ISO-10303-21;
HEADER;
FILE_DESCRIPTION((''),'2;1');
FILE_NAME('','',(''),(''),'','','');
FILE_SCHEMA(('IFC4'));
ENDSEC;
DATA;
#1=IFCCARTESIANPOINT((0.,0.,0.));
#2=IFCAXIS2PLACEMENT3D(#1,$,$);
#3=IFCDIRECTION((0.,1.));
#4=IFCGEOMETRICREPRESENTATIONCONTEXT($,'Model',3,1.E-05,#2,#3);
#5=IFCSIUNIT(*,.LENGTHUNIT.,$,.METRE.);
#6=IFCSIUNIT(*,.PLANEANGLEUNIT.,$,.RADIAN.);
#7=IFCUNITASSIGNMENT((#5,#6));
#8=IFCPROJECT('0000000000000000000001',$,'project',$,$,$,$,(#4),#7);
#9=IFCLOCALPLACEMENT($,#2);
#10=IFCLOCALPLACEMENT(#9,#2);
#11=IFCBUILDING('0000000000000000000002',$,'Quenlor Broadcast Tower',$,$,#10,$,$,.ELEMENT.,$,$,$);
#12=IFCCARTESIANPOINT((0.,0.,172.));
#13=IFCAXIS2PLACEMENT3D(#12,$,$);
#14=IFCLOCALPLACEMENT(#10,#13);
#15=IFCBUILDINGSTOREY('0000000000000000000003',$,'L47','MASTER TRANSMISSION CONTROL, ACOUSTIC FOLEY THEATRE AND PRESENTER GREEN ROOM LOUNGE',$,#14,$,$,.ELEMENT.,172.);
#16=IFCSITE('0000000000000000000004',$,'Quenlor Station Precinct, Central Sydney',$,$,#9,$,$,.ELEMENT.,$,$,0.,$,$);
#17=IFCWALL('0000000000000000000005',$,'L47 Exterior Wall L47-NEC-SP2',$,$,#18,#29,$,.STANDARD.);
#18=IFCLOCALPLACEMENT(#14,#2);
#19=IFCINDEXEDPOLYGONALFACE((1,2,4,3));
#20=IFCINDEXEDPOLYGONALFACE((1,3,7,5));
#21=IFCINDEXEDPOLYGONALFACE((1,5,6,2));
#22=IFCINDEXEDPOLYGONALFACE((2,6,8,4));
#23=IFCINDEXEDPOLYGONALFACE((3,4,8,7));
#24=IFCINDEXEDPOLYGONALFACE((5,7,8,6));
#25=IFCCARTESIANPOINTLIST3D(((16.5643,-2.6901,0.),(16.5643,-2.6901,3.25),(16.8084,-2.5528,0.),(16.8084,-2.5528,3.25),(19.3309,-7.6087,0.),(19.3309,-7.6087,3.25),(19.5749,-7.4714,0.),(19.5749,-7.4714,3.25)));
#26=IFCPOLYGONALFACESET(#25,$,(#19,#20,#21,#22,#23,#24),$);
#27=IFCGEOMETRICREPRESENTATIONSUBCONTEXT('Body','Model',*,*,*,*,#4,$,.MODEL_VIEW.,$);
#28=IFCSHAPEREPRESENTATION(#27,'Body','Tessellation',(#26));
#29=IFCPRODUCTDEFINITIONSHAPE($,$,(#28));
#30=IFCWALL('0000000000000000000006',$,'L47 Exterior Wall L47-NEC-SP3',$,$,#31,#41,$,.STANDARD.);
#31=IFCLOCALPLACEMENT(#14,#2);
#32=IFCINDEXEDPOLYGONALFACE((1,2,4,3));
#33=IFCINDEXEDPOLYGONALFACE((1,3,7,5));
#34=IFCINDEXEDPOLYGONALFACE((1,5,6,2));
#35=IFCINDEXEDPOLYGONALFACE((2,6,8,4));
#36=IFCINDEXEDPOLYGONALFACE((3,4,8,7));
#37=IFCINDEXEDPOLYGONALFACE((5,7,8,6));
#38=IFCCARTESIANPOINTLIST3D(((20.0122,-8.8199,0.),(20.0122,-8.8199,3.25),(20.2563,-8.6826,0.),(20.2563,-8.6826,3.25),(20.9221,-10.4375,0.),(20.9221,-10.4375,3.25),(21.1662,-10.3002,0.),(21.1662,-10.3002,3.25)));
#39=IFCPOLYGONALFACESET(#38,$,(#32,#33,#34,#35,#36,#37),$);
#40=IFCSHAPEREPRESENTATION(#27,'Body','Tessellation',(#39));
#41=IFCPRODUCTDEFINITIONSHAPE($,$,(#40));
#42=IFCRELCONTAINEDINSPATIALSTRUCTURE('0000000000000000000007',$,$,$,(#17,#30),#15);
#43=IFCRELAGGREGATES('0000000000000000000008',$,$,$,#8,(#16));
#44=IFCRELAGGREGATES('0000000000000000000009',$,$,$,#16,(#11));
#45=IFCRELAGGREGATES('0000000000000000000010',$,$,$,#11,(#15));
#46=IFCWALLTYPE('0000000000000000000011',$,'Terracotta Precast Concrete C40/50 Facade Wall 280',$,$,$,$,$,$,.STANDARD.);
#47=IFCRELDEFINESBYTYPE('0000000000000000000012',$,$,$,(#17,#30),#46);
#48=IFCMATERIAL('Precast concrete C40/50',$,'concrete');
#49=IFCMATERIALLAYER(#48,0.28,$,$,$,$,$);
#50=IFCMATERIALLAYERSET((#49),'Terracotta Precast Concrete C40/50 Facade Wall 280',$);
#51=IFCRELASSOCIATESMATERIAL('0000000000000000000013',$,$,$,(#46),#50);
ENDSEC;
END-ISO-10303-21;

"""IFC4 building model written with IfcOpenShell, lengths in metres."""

from ifc_helpers import new_model, si_unit, direction, frame, frame_2d, origin, place, context, subcontext, project, spatial, rectangle, extrude, material, layer, layer_set, type_object, element, save


model = new_model("IFC4")

# Units and contexts
model_context = context("Model", 3, precision=1e-05, world=origin(), true_north=direction((0.0, 1.0)))
body_context = subcontext(model_context, "Body", "Model", "MODEL_VIEW")
ifc_project = project(units=[si_unit("LENGTHUNIT", "METRE"), si_unit("PLANEANGLEUNIT", "RADIAN")], contexts=[model_context])

# Site, building, storey
site_placement = place(None, origin())
site = spatial("IfcSite", under=ifc_project, at=site_placement, Name="Quenlor Station Precinct, Central Sydney", CompositionType="ELEMENT", RefElevation=0.0)
building_placement = place(site_placement, origin())
building = spatial("IfcBuilding", under=site, at=building_placement, Name="Quenlor Broadcast Tower", CompositionType="ELEMENT")
storey_placement = place(building_placement, frame((0.0, 0.0, 172.0)))
storey = spatial("IfcBuildingStorey", under=building, at=storey_placement, Name="L47", Description="MASTER TRANSMISSION CONTROL, ACOUSTIC FOLEY THEATRE AND PRESENTER GREEN ROOM LOUNGE", CompositionType="ELEMENT", Elevation=172.0)

# Walls
ifc_material_1 = material(Name="Precast concrete C40/50", Category="concrete")
ifc_layer_1 = layer(ifc_material_1, 0.28)
ifc_layer_set_1 = layer_set([ifc_layer_1], Name="Terracotta Precast Concrete C40/50 Facade Wall 280")
wall_type_1 = type_object("IfcWallType", Name="Terracotta Precast Concrete C40/50 Facade Wall 280", PredefinedType="STANDARD", material=ifc_layer_set_1)
wall_1_placement = place(storey_placement, frame((16.6863, -2.6213, 0.0), z_axis=(0.0, 0.0, 1.0), x_axis=(0.490239, -0.871588, 0.0)))
element("IfcWall", 1, at=wall_1_placement, inside=storey, type_object=wall_type_1, Name="L47 Exterior Wall L47-NEC-SP2", PredefinedType="STANDARD", context=body_context, shape_type="SweptSolid", body=[
    extrude(rectangle(XDim=5.6433, YDim=0.28, at=frame_2d((2.8218, 0.0))), origin(), (0.0, 0.0, 1.0), 3.25),
])
wall_2_placement = place(storey_placement, frame((20.1343, -8.7512, 0.0), z_axis=(0.0, 0.0, 1.0), x_axis=(0.490249, -0.871583, 0.0)))
element("IfcWall", 2, at=wall_2_placement, inside=storey, type_object=wall_type_1, Name="L47 Exterior Wall L47-NEC-SP3", PredefinedType="STANDARD", context=body_context, shape_type="SweptSolid", body=[
    extrude(rectangle(XDim=1.856, YDim=0.28, at=frame_2d((0.928, 0.0))), origin(), (0.0, 0.0, 1.0), 3.25),
])

save(model, "model.ifc")
